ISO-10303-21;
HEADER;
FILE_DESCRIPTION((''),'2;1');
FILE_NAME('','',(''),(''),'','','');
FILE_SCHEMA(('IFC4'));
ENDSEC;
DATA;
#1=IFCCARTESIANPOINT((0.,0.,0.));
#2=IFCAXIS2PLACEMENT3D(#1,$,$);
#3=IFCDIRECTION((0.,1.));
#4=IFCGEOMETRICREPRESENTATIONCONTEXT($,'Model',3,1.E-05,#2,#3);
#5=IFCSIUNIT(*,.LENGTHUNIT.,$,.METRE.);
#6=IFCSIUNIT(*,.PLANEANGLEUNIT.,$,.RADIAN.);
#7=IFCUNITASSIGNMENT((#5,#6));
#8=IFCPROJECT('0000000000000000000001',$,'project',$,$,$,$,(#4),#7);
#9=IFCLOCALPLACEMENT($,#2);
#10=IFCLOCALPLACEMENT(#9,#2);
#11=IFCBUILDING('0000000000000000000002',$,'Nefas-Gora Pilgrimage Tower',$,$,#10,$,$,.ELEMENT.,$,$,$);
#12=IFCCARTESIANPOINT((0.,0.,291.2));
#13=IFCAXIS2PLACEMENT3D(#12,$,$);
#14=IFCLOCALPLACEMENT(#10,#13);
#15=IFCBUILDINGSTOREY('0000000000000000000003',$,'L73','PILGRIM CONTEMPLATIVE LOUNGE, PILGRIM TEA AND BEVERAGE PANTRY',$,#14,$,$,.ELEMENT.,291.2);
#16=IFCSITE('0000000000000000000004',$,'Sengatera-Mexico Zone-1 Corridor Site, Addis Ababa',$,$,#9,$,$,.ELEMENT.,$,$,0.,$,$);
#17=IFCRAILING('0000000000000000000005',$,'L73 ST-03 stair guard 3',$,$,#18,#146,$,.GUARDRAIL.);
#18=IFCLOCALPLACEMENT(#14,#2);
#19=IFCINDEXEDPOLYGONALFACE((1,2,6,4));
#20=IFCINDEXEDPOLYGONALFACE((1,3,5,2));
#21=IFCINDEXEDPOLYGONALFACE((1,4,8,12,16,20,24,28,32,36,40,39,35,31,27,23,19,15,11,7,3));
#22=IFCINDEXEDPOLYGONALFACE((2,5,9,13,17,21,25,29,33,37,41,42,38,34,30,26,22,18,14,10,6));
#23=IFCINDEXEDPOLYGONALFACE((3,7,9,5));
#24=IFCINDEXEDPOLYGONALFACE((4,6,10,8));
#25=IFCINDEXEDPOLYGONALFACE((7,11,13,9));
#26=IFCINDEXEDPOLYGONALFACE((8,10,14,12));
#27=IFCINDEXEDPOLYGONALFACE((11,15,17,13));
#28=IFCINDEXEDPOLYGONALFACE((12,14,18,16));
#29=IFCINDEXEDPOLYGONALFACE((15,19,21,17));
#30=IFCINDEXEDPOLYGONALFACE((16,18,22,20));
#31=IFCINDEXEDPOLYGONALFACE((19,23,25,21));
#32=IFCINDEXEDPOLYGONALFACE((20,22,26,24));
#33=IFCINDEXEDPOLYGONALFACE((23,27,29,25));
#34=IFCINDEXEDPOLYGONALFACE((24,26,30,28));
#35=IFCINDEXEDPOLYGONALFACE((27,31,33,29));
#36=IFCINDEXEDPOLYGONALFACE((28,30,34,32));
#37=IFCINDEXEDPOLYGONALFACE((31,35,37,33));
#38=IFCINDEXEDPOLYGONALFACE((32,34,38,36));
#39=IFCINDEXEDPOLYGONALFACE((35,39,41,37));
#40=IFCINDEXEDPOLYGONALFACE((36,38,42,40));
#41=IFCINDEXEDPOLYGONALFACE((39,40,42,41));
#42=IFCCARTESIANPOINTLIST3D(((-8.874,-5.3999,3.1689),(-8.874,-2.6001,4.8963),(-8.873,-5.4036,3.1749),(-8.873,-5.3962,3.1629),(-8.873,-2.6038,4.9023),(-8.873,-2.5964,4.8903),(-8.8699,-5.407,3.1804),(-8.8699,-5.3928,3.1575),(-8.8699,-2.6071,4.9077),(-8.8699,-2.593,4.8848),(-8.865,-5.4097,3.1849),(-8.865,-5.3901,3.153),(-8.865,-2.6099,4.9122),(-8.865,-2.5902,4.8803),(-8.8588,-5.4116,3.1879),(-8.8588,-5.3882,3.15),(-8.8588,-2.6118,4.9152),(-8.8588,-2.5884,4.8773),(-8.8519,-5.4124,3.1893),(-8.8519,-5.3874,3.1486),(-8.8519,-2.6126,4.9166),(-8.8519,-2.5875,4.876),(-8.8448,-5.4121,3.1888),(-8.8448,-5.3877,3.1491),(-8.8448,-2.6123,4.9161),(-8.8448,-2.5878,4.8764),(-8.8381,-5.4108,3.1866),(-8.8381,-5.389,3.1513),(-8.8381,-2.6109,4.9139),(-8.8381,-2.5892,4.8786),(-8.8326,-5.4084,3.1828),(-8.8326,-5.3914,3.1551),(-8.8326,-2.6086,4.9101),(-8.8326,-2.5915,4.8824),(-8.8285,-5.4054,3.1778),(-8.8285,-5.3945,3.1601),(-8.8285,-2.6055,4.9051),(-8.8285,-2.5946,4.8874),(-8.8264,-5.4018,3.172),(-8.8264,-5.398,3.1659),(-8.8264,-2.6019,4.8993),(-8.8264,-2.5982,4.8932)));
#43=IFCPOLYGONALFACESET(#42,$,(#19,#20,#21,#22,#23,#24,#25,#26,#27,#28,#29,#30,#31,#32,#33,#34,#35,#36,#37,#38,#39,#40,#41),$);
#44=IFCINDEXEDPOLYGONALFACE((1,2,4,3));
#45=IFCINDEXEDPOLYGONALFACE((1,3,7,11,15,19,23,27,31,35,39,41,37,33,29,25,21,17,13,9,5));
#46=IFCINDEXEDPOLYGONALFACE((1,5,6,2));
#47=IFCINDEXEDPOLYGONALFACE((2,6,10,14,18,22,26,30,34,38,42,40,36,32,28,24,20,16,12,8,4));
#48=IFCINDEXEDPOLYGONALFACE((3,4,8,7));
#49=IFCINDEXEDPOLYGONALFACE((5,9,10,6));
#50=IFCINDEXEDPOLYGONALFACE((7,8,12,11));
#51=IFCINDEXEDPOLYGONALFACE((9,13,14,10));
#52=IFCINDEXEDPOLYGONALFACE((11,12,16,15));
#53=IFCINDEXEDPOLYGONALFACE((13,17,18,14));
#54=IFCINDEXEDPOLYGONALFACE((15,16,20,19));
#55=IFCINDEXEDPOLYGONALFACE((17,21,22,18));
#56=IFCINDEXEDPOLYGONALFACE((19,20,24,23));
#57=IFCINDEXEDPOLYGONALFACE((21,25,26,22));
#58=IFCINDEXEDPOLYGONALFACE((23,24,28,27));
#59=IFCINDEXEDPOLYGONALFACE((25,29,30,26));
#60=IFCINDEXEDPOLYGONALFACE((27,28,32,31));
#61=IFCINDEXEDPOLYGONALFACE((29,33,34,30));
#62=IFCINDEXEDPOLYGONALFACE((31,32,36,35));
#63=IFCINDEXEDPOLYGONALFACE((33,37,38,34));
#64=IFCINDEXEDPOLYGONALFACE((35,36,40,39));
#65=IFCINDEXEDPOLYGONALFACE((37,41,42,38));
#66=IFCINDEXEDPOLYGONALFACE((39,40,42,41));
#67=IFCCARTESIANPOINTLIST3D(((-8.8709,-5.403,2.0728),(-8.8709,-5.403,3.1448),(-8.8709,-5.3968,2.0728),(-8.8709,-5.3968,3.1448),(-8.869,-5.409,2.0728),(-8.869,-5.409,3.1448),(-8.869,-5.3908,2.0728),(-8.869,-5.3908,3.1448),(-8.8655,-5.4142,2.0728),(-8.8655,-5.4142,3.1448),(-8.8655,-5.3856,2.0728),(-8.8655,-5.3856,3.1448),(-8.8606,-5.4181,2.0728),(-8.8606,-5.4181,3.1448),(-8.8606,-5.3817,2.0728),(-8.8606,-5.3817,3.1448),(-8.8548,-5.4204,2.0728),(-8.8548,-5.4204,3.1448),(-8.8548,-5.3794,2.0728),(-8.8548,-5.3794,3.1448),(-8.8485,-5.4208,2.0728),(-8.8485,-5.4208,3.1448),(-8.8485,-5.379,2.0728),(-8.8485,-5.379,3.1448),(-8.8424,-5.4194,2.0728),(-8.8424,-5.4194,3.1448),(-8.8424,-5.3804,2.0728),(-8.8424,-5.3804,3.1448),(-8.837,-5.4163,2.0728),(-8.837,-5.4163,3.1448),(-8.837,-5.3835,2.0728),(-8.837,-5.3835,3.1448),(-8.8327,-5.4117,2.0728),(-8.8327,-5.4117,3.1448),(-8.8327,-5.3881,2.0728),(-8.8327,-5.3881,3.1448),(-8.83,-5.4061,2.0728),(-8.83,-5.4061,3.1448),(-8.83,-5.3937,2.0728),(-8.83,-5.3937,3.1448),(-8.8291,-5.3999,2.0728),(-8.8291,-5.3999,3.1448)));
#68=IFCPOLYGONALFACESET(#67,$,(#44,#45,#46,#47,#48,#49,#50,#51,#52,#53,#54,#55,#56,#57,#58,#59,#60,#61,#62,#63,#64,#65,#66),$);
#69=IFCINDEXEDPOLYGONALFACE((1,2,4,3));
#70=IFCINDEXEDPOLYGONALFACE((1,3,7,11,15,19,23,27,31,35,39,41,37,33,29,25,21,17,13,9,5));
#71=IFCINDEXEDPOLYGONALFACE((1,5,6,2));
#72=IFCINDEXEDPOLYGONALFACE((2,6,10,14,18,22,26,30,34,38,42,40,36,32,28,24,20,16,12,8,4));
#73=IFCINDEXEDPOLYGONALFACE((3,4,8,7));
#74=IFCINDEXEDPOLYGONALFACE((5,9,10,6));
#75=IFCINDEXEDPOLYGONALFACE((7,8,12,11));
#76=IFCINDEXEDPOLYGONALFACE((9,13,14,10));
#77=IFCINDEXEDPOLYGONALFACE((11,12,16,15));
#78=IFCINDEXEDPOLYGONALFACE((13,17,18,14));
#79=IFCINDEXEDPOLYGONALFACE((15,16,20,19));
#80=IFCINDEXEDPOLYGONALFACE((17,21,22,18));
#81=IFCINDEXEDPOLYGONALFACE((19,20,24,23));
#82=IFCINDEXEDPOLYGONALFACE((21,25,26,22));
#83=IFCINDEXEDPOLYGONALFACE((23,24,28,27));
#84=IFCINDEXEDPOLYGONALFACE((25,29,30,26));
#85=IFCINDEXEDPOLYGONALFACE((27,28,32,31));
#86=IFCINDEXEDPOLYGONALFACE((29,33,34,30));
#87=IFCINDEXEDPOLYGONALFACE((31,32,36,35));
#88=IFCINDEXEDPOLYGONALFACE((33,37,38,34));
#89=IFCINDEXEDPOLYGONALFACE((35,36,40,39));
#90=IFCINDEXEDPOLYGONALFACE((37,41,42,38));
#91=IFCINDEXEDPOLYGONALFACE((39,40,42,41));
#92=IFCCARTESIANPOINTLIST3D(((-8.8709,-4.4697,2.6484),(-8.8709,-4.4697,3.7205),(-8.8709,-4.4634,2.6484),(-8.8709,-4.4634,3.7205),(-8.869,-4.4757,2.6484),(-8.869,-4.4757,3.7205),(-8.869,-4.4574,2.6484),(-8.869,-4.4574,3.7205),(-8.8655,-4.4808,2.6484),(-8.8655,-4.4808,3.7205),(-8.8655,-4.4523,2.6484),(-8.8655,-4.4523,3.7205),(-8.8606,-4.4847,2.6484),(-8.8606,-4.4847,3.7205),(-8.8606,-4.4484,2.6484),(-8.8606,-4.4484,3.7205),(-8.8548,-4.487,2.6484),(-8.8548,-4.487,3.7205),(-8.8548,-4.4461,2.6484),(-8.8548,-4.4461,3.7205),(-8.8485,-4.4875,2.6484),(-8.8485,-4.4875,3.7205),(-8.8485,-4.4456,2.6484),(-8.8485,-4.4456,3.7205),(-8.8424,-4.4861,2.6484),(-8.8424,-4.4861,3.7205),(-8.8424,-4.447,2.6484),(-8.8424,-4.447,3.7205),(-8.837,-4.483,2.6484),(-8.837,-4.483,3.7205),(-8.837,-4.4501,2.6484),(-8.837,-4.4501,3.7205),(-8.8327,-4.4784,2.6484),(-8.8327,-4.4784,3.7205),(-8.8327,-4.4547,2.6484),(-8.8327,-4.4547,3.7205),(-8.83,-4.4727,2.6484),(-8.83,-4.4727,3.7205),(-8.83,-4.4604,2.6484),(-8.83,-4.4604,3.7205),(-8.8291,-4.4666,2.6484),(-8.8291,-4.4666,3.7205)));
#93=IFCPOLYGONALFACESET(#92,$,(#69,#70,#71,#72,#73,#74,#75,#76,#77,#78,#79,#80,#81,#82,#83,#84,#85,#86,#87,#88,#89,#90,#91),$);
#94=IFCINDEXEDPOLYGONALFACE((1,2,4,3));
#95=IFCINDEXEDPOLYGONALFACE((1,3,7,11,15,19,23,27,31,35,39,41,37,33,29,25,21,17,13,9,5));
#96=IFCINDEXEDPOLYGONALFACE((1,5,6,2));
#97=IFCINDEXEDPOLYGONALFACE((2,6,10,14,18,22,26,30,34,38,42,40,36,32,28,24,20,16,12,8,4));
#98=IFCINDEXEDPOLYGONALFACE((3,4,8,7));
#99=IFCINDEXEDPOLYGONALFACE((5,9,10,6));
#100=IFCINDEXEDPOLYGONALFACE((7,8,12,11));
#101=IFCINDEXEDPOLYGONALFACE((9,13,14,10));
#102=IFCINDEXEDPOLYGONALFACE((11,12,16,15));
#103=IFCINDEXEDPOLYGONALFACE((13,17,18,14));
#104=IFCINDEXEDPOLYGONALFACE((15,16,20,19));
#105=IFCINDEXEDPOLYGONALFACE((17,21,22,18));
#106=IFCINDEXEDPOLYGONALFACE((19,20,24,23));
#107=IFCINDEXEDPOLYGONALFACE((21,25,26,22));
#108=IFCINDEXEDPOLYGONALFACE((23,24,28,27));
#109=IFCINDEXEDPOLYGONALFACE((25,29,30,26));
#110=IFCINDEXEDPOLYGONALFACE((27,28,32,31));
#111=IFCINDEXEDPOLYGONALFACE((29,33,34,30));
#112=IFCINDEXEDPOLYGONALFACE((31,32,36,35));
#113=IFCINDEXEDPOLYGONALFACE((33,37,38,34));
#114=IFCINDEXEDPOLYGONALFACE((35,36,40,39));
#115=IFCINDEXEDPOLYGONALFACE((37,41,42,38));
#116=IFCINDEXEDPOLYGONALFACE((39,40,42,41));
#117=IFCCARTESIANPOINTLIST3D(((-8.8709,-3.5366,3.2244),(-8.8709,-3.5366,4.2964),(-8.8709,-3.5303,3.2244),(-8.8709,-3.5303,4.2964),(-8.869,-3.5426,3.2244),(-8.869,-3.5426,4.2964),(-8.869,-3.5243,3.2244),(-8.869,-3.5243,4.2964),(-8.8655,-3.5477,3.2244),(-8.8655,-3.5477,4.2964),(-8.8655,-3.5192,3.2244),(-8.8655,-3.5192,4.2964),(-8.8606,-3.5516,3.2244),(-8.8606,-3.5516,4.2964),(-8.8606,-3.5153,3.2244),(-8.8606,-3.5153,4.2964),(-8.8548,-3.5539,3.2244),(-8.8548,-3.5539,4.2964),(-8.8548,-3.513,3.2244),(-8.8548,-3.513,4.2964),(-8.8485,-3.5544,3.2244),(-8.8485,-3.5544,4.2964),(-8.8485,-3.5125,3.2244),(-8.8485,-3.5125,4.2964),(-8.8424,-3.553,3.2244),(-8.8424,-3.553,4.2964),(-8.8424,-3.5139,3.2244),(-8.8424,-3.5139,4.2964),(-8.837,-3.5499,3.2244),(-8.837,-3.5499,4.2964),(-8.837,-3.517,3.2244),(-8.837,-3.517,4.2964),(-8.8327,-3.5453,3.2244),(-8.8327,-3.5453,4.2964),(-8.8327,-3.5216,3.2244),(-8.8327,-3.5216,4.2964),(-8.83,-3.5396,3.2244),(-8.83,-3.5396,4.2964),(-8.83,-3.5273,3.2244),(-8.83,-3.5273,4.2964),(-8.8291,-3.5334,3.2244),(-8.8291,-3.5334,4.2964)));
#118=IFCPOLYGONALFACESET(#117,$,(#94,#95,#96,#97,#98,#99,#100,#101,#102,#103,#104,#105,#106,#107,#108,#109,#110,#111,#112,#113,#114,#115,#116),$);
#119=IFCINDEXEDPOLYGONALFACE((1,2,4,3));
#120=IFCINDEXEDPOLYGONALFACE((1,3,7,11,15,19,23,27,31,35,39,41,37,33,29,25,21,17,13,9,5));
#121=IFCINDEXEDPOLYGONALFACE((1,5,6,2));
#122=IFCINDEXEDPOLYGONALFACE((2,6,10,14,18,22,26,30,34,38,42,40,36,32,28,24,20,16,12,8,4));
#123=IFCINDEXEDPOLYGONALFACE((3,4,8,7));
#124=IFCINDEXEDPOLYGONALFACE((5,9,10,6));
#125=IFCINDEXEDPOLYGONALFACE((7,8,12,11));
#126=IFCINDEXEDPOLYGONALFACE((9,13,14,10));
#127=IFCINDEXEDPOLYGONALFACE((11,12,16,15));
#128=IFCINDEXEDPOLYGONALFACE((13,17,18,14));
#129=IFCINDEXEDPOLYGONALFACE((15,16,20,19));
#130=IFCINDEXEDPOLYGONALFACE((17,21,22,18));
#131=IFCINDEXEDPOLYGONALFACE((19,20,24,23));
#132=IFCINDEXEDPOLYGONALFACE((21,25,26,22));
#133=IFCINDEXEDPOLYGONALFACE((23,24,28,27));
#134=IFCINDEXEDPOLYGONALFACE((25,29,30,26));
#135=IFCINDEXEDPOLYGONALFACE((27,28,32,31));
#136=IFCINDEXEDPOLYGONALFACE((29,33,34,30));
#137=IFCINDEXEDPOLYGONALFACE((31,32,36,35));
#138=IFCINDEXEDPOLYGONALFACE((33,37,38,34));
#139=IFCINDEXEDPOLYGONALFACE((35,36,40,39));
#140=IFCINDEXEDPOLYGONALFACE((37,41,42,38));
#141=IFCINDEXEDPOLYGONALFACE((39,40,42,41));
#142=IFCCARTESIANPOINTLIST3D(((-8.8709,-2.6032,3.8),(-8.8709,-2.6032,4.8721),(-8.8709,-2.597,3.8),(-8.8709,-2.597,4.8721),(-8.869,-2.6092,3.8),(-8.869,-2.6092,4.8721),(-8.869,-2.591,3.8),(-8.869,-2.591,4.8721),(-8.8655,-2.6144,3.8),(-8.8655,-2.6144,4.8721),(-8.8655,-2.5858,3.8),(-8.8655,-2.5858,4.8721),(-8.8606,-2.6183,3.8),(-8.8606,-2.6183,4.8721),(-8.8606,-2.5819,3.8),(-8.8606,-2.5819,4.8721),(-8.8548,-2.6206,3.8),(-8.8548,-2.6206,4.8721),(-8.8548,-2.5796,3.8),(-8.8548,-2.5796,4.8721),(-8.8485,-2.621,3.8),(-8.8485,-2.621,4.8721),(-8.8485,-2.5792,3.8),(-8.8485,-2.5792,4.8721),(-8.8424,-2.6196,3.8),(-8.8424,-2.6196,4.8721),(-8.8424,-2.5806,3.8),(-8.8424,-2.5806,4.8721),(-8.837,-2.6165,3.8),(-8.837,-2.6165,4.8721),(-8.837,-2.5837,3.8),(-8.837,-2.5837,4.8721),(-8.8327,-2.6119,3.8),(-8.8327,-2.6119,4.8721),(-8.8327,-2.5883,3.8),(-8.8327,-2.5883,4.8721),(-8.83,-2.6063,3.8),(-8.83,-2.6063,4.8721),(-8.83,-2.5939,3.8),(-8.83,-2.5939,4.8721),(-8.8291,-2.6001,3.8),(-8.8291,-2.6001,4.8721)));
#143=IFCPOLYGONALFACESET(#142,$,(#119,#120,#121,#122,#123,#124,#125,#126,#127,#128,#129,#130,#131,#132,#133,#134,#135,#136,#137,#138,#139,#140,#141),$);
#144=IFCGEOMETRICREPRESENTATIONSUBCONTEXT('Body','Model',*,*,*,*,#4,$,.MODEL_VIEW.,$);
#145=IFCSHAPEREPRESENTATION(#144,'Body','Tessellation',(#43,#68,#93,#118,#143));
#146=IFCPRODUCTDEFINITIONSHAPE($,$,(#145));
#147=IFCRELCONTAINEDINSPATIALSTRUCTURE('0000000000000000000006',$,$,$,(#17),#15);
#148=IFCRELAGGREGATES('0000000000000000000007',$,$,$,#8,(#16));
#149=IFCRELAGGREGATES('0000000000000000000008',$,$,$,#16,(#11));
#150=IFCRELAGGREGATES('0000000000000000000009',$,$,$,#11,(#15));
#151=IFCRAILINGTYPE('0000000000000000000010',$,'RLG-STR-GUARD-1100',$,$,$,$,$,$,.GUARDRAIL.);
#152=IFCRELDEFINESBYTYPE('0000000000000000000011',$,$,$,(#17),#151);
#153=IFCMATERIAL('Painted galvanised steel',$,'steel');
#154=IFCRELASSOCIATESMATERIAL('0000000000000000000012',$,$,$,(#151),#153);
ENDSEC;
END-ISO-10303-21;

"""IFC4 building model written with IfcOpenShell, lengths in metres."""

from ifc_helpers import new_model, si_unit, direction, frame, origin, origin_2d, place, context, subcontext, project, spatial, circle, extrude, material, type_object, element, save


model = new_model("IFC4")

# Units and contexts
model_context = context("Model", 3, precision=1e-05, world=origin(), true_north=direction((0.0, 1.0)))
body_context = subcontext(model_context, "Body", "Model", "MODEL_VIEW")
ifc_project = project(units=[si_unit("LENGTHUNIT", "METRE"), si_unit("PLANEANGLEUNIT", "RADIAN")], contexts=[model_context])

# Site, building, storey
site_placement = place(None, origin())
site = spatial("IfcSite", under=ifc_project, at=site_placement, Name="Sengatera-Mexico Zone-1 Corridor Site, Addis Ababa", CompositionType="ELEMENT", RefElevation=0.0)
building_placement = place(site_placement, origin())
building = spatial("IfcBuilding", under=site, at=building_placement, Name="Nefas-Gora Pilgrimage Tower", CompositionType="ELEMENT")
storey_placement = place(building_placement, frame((0.0, 0.0, 291.2)))
storey = spatial("IfcBuildingStorey", under=building, at=storey_placement, Name="L73", Description="PILGRIM CONTEMPLATIVE LOUNGE, PILGRIM TEA AND BEVERAGE PANTRY", CompositionType="ELEMENT", Elevation=291.2)

# Railing
ifc_material_1 = material(Name="Painted galvanised steel", Category="steel")
railing_type_1 = type_object("IfcRailingType", Name="RLG-STR-GUARD-1100", PredefinedType="GUARDRAIL", material=ifc_material_1)
railing_1_placement = place(storey_placement, frame((-8.8501, -5.3999, 2.0728)))
element("IfcRailing", 1, at=railing_1_placement, inside=storey, type_object=railing_type_1, Name="L73 ST-03 stair guard 3", PredefinedType="GUARDRAIL", context=body_context, shape_type="SweptSolid", body=[
    extrude(circle(Radius=0.0239, at=origin_2d()), frame((0.0, 0.0, 1.0962), z_axis=(0.0, 0.851069, 0.525054), x_axis=(-1.0, 0.0, 0.0)), (0.0, 0.0, 1.0), 3.2898),
    extrude(circle(Radius=0.021, at=origin_2d()), origin(), (0.0, 0.0, 1.0), 1.072),
    extrude(circle(Radius=0.021, at=origin_2d()), frame((0.0, 0.9333, 0.5757)), (0.0, 0.0, 1.0), 1.072),
    extrude(circle(Radius=0.021, at=origin_2d()), frame((0.0, 1.8665, 1.1516)), (0.0, 0.0, 1.0), 1.072),
    extrude(circle(Radius=0.021, at=origin_2d()), frame((0.0, 2.7998, 1.7273)), (0.0, 0.0, 1.0), 1.072),
])

save(model, "model.ifc")
